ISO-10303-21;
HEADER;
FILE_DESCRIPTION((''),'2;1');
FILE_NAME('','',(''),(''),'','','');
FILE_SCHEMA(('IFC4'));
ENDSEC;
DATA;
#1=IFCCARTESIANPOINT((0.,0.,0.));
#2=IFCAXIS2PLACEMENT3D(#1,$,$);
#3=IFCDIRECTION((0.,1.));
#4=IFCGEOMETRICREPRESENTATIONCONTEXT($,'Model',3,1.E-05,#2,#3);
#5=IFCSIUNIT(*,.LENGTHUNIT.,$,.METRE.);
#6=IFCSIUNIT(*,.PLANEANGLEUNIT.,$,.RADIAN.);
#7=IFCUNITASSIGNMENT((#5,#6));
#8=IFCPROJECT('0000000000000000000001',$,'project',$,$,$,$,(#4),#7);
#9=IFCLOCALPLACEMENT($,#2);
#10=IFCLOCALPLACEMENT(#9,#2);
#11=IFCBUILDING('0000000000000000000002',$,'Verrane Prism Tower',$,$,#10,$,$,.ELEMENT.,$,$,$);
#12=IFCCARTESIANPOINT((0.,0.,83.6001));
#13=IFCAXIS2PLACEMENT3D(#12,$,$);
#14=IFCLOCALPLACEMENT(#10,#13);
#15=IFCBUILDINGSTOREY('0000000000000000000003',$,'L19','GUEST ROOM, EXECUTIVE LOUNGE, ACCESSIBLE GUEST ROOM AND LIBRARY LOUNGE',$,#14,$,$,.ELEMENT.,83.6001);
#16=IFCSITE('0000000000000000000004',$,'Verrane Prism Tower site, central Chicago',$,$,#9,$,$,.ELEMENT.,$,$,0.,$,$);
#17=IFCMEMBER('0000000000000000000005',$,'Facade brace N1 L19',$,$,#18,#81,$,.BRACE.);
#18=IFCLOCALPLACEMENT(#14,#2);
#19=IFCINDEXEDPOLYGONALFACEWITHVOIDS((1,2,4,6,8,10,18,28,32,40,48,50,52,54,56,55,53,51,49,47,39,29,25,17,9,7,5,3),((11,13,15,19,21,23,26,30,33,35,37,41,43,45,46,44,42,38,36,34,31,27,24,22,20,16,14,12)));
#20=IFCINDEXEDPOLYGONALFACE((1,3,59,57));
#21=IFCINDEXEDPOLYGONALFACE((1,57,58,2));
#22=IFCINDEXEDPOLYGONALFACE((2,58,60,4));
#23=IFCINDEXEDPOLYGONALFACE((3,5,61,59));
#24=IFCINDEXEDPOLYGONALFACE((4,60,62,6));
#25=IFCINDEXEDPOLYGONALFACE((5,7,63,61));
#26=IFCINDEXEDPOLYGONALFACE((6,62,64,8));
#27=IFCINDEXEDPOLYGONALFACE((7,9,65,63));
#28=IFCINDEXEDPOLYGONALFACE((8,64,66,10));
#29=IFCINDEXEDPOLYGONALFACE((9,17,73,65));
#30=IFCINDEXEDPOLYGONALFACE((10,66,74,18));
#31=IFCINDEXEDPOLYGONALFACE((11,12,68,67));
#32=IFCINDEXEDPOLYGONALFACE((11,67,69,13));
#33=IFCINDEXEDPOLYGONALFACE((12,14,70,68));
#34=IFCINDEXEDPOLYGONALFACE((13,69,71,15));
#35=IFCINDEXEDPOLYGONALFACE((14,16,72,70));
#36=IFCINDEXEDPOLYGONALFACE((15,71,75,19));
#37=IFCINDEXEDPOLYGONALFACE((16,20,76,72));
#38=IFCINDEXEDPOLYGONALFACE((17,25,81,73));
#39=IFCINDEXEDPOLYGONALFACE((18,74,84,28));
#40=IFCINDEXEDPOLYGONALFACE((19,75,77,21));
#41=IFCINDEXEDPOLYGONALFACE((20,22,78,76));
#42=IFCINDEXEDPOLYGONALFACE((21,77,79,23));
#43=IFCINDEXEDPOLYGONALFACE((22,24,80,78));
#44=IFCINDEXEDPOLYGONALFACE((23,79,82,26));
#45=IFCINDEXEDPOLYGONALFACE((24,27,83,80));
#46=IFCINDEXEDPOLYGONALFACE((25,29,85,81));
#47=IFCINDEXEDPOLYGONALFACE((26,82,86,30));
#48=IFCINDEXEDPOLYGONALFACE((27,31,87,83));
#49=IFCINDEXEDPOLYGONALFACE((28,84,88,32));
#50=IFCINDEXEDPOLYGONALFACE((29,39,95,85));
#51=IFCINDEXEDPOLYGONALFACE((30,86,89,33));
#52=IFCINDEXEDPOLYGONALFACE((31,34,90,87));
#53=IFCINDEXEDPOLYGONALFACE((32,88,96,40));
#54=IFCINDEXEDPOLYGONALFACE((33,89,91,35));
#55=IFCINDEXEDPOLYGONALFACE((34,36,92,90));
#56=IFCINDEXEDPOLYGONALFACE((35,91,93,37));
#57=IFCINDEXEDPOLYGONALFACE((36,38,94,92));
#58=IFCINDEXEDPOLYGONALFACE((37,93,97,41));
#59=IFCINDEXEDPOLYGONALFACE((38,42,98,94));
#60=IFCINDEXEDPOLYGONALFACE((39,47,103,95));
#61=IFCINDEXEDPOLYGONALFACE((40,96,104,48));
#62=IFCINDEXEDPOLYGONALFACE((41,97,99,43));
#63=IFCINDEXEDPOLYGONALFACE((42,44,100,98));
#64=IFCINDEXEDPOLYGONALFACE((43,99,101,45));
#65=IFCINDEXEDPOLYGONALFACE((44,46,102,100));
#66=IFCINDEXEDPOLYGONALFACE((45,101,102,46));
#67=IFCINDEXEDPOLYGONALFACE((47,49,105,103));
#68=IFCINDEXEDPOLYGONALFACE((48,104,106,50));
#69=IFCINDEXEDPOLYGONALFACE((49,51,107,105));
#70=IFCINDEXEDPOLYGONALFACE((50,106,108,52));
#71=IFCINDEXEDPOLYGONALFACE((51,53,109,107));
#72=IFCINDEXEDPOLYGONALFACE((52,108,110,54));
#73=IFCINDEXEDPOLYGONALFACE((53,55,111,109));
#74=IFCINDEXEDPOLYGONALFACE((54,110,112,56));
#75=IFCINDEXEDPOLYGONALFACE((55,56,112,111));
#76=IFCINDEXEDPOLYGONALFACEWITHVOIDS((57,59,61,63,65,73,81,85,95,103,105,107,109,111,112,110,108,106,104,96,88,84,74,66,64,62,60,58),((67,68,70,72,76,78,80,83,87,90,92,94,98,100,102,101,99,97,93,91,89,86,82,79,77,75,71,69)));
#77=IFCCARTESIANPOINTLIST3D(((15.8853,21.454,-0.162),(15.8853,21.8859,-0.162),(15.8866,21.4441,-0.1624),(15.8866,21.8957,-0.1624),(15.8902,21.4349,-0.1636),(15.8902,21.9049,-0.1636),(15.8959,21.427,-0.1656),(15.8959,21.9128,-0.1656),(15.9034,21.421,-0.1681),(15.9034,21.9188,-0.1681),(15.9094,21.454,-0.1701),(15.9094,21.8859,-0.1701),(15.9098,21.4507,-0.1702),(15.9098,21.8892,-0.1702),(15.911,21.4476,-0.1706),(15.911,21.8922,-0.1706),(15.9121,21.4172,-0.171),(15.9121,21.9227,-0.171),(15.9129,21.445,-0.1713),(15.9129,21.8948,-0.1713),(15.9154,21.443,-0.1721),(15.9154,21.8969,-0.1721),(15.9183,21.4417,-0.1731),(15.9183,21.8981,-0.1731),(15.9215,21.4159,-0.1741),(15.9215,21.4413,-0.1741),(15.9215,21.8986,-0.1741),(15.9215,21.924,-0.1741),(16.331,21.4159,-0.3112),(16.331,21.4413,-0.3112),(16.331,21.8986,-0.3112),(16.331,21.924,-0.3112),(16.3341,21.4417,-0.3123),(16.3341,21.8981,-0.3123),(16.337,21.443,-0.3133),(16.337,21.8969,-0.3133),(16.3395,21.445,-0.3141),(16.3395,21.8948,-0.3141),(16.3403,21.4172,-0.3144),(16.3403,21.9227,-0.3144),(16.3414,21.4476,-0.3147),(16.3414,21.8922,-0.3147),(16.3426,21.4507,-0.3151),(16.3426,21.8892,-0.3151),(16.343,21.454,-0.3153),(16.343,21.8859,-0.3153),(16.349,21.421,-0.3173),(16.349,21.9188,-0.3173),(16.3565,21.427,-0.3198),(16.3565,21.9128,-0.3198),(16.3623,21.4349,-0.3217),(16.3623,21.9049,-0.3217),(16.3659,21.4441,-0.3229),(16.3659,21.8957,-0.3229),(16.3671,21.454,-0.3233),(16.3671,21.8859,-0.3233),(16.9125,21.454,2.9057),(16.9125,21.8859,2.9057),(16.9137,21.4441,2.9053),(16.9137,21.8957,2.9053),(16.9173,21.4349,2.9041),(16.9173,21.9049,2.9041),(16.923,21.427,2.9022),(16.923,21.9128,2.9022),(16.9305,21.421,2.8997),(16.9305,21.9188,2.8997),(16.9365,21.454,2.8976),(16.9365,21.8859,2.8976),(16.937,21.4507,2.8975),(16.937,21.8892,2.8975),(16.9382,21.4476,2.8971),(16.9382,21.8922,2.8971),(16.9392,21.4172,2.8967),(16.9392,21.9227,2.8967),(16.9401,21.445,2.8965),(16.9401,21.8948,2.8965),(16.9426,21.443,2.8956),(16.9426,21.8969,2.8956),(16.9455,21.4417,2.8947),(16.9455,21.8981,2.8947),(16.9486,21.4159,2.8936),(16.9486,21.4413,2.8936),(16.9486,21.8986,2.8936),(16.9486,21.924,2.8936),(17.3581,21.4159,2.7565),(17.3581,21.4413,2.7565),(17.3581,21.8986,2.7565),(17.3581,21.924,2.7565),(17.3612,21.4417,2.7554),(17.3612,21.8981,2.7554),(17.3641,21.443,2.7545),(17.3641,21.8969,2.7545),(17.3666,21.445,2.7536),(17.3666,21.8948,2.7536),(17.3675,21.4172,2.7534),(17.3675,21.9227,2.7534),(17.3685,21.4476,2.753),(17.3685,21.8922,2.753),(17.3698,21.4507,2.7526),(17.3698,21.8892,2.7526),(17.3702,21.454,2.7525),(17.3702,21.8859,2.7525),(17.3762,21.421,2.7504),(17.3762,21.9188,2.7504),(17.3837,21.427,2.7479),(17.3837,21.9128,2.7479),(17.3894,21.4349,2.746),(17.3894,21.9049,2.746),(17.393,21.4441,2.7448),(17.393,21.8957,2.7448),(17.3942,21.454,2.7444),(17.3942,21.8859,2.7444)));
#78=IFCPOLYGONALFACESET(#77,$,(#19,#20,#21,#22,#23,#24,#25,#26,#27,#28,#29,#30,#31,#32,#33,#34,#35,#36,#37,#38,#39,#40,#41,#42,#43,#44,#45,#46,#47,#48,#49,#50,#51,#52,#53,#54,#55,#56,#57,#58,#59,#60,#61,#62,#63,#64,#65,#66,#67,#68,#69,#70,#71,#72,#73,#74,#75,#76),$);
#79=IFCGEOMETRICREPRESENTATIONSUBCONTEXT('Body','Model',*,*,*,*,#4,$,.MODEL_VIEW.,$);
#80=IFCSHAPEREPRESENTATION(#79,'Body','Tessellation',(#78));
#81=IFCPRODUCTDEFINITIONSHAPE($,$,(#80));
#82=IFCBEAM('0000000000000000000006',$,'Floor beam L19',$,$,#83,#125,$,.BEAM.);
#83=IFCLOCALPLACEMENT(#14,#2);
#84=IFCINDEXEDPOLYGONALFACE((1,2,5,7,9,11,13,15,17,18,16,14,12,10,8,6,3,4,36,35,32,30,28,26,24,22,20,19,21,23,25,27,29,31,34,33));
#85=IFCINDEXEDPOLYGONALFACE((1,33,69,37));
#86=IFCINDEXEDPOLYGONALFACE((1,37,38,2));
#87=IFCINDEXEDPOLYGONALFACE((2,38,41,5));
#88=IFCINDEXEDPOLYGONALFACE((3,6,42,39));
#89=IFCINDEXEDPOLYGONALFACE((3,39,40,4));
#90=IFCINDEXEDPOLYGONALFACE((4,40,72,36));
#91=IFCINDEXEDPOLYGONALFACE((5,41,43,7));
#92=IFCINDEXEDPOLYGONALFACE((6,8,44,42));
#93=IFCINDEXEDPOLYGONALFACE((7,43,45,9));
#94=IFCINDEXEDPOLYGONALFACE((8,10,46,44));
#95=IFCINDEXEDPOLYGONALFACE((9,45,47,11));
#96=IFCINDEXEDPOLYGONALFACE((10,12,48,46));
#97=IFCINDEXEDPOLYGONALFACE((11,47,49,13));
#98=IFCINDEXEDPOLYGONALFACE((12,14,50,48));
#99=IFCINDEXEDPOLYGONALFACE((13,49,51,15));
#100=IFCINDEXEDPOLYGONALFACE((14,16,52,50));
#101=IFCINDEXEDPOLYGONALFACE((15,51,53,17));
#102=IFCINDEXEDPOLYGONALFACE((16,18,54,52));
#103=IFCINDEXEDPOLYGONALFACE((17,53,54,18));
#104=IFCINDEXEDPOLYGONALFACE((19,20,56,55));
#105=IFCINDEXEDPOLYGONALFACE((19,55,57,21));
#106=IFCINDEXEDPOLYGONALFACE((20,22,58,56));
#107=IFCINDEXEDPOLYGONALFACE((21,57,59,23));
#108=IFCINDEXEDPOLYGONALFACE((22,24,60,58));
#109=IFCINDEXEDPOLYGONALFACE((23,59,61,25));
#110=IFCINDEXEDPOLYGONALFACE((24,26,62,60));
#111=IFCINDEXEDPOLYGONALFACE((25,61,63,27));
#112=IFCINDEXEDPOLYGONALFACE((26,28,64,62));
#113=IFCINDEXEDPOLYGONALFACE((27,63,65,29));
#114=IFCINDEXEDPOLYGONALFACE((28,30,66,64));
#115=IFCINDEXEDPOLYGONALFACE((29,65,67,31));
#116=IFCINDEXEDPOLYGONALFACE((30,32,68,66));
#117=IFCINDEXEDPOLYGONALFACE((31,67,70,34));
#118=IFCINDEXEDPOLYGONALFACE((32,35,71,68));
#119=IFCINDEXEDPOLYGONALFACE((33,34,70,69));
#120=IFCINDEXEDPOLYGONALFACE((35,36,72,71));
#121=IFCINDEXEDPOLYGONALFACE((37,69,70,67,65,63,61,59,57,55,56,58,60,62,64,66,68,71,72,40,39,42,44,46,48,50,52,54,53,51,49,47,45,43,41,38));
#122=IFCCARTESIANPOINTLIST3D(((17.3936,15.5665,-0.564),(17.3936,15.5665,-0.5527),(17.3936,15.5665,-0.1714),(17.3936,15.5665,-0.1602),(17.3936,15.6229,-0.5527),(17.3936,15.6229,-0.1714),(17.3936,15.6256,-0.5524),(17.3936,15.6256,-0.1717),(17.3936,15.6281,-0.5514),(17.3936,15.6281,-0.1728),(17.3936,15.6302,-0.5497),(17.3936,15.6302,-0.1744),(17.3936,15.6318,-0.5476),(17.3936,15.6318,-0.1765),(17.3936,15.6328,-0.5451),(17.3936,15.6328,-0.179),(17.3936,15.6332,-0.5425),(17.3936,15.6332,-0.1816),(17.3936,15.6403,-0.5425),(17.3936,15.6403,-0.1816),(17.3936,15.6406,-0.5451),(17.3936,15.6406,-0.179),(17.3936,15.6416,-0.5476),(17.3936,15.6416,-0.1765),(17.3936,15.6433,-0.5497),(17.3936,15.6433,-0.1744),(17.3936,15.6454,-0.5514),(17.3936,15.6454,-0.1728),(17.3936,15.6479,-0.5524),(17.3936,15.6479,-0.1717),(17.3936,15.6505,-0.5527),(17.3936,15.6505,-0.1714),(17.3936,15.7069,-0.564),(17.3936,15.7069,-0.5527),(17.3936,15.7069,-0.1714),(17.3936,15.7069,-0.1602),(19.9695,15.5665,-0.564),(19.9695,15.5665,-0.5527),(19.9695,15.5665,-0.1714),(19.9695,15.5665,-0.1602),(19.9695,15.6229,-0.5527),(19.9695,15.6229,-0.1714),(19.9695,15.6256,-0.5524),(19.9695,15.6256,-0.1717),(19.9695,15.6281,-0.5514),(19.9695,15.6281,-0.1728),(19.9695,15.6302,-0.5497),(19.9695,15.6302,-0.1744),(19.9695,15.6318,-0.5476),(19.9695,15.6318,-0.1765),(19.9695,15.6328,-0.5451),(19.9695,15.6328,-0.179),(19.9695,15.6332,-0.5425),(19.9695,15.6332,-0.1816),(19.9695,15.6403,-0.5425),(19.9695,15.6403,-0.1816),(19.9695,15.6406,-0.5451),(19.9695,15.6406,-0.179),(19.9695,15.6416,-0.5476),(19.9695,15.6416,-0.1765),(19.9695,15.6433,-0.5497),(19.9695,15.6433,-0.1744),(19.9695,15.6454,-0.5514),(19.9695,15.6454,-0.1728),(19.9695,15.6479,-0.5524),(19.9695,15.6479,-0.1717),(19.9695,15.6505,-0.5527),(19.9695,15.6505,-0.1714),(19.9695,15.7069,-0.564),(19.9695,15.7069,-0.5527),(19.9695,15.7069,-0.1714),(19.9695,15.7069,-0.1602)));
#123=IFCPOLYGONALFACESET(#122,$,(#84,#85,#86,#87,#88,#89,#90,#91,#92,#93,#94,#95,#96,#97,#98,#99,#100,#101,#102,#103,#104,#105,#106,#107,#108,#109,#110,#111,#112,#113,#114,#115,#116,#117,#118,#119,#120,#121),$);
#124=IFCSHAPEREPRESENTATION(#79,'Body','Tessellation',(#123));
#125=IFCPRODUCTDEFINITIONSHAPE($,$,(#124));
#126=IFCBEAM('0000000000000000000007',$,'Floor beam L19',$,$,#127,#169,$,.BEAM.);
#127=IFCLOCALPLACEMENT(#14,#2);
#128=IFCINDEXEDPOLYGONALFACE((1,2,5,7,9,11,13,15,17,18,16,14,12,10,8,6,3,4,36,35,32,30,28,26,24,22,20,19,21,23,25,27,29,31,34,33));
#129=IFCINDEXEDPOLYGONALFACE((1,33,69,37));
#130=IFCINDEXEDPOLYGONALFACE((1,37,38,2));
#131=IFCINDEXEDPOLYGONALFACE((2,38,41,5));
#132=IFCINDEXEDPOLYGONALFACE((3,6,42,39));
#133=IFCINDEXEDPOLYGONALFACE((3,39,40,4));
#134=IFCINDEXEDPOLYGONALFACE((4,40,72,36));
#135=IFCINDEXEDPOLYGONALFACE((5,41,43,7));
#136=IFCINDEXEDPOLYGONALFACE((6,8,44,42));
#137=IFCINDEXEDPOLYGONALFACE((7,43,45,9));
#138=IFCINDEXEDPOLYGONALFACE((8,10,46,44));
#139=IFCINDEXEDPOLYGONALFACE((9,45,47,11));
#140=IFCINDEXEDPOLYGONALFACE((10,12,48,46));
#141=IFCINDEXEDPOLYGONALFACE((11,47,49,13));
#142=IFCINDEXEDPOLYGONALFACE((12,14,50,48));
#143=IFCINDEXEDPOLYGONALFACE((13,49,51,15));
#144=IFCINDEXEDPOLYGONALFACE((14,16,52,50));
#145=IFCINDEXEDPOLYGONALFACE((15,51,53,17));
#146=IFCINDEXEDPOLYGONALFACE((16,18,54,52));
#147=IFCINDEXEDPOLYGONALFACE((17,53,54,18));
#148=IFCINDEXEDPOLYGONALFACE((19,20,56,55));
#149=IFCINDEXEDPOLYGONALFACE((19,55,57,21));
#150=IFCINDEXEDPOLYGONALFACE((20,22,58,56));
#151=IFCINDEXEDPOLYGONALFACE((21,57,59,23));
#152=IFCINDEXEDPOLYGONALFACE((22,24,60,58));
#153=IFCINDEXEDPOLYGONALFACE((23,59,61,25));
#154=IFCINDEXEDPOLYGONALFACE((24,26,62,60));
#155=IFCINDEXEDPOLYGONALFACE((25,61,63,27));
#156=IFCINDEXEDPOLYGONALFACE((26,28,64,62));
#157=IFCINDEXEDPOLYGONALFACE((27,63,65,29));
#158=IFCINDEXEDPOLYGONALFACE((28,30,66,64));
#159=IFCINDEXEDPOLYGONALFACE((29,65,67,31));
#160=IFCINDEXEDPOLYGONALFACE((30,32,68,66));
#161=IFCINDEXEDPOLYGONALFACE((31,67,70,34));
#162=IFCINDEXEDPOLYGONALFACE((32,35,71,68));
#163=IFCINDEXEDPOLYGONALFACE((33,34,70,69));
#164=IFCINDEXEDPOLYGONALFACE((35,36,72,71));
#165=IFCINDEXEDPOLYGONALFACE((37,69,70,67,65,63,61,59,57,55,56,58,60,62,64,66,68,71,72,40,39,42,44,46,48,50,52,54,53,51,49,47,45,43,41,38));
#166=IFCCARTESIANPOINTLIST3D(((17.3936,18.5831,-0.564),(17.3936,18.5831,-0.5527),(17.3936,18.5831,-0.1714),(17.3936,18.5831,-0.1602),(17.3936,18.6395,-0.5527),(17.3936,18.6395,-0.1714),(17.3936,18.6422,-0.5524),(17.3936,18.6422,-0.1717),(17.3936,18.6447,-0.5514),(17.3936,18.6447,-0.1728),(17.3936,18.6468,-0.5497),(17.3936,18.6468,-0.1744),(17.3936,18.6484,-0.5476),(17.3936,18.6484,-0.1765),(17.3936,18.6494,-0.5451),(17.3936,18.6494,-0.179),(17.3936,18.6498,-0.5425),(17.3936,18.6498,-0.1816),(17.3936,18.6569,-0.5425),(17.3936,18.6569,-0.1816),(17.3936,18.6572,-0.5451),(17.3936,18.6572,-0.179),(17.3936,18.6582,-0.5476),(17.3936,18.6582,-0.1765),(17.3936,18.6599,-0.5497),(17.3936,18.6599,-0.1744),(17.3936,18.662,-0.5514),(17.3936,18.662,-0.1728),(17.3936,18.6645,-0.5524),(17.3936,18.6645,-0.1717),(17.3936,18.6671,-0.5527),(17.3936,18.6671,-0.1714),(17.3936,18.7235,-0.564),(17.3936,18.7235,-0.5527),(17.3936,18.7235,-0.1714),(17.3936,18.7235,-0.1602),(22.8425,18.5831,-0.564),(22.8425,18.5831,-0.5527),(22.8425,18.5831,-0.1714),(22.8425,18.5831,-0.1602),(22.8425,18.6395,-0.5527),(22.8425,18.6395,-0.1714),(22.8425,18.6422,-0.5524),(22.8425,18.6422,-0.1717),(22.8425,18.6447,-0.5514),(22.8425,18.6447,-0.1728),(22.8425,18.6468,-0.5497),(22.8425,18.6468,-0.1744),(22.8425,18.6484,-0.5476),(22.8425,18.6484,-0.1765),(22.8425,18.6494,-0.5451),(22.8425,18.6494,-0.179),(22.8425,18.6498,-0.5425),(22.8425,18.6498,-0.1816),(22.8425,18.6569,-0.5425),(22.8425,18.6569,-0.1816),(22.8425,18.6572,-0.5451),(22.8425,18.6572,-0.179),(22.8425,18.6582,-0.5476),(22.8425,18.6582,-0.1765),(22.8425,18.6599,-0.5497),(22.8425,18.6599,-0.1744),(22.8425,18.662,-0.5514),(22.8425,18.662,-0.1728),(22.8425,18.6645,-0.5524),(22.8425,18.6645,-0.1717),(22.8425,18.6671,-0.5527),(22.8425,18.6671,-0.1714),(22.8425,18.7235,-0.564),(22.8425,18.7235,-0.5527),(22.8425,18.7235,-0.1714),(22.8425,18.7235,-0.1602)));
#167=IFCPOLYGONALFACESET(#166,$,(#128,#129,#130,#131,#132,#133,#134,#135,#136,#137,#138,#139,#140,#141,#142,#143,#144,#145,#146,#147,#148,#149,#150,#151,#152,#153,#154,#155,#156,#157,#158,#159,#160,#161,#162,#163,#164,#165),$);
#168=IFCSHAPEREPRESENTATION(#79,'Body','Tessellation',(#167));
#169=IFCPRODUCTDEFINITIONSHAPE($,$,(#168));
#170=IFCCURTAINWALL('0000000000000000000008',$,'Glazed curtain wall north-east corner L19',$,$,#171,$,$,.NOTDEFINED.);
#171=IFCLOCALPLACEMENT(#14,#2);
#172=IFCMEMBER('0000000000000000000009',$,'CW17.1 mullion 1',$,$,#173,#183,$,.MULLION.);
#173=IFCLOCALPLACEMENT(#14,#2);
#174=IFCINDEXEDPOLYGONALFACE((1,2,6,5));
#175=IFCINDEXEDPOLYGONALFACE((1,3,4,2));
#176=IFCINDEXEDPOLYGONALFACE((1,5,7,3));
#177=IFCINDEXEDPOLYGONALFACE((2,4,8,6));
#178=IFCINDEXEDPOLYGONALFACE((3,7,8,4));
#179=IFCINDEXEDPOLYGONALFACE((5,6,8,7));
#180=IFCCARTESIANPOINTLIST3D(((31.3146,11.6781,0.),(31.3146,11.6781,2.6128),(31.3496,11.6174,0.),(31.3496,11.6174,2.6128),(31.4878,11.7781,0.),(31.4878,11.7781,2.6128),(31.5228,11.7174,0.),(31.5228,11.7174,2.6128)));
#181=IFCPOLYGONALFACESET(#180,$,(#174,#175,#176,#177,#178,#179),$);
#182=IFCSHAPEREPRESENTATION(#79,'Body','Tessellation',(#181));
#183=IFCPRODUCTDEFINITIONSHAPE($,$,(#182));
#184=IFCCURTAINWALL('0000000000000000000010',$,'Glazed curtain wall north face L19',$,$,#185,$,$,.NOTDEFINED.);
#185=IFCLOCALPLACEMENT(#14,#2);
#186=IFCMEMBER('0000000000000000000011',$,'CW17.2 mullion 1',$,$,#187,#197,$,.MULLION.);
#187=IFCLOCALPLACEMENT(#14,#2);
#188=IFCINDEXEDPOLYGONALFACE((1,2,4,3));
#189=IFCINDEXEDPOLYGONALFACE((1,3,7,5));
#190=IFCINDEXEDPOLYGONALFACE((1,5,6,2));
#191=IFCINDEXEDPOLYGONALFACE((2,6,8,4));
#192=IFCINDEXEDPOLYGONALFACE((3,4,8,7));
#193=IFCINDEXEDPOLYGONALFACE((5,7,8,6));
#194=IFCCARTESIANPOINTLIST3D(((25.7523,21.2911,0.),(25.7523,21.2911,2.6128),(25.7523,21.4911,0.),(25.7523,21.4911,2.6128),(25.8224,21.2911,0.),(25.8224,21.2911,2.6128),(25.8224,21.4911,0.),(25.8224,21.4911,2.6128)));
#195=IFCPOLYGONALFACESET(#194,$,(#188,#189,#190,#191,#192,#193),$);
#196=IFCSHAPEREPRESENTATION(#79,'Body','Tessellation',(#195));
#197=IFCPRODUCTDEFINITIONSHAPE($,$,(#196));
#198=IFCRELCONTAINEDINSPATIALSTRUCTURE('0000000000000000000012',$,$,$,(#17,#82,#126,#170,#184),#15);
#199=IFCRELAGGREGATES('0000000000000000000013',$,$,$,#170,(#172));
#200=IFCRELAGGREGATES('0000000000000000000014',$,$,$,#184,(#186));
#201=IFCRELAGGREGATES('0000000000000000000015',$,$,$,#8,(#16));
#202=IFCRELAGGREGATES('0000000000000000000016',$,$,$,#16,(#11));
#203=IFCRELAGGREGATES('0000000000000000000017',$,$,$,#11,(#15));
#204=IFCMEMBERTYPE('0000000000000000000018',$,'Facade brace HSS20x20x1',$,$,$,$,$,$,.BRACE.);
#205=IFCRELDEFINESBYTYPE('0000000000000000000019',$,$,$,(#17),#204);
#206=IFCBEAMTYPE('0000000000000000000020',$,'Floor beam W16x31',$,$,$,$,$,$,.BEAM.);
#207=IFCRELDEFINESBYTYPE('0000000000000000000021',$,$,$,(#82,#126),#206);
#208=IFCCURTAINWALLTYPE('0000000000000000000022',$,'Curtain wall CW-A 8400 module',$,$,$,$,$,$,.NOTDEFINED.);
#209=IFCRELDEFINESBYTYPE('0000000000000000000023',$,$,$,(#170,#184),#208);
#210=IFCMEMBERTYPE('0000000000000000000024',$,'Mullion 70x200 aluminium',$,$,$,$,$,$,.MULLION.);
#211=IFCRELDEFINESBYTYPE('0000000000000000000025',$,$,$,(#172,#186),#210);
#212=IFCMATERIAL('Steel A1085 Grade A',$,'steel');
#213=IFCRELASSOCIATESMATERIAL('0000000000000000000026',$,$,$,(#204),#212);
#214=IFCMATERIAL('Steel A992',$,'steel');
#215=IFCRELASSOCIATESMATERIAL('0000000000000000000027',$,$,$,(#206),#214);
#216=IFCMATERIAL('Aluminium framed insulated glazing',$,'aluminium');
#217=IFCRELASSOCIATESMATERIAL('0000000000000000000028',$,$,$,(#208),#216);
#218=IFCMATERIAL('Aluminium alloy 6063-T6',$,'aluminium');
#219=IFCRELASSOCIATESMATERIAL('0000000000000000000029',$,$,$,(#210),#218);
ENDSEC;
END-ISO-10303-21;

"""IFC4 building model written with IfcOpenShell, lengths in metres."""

from ifc_helpers import new_model, si_unit, direction, frame, origin, origin_2d, place, context, subcontext, project, spatial, rectangle, hollow_rectangle, i_section, extrude, material, material_profile, profile_set, type_object, element, aggregate, save


model = new_model("IFC4")

# Units and contexts
model_context = context("Model", 3, precision=1e-05, world=origin(), true_north=direction((0.0, 1.0)))
body_context = subcontext(model_context, "Body", "Model", "MODEL_VIEW")
ifc_project = project(units=[si_unit("LENGTHUNIT", "METRE"), si_unit("PLANEANGLEUNIT", "RADIAN")], contexts=[model_context])

# Site, building, storey
site_placement = place(None, origin())
site = spatial("IfcSite", under=ifc_project, at=site_placement, Name="Verrane Prism Tower site, central Chicago", CompositionType="ELEMENT", RefElevation=0.0)
building_placement = place(site_placement, origin())
building = spatial("IfcBuilding", under=site, at=building_placement, Name="Verrane Prism Tower", CompositionType="ELEMENT")
storey_placement = place(building_placement, frame((0.0, 0.0, 83.6001)))
storey = spatial("IfcBuildingStorey", under=building, at=storey_placement, Name="L19", Description="GUEST ROOM, EXECUTIVE LOUNGE, ACCESSIBLE GUEST ROOM AND LIBRARY LOUNGE", CompositionType="ELEMENT", Elevation=83.6001)

# Member
ifc_material_1 = material(Name="Steel A1085 Grade A", Category="steel")
ifc_material_profile_1 = material_profile(ifc_material_1, hollow_rectangle(XDim=0.5081, YDim=0.5081, WallThickness=0.0254, InnerFilletRadius=0.0127, OuterFilletRadius=0.0381, at=origin_2d()), Name="HSS20x20x1")
ifc_profile_set_1 = profile_set([ifc_material_profile_1], Name="Steel A1085 Grade A")
member_type_1 = type_object("IfcMemberType", Name="Facade brace HSS20x20x1", PredefinedType="BRACE", material=ifc_profile_set_1)
member_1_placement = place(storey_placement, frame((16.1262, 21.6699, -0.2427), z_axis=(0.317495, 0.0, 0.94826), x_axis=(0.0, 1.0, 0.0)))
element("IfcMember", 1, at=member_1_placement, inside=storey, type_object=member_type_1, Name="Facade brace N1 L19", PredefinedType="BRACE", context=body_context, shape_type="SweptSolid", body=[
    extrude(hollow_rectangle(XDim=0.5081, YDim=0.5081, WallThickness=0.0254, InnerFilletRadius=0.0127, OuterFilletRadius=0.0381, at=origin_2d()), origin(), (0.0, 0.0, 1.0), 3.2351),
])

# Beams
ifc_material_2 = material(Name="Steel A992", Category="steel")
ifc_material_profile_2 = material_profile(ifc_material_2, i_section(OverallWidth=0.1404, OverallDepth=0.4038, WebThickness=0.0071, FlangeThickness=0.0112, FilletRadius=0.0103, at=origin_2d()), Name="W16x31")
ifc_profile_set_2 = profile_set([ifc_material_profile_2], Name="Steel A992")
beam_type_1 = type_object("IfcBeamType", Name="Floor beam W16x31", PredefinedType="BEAM", material=ifc_profile_set_2)
beam_1_placement = place(storey_placement, frame((17.3936, 15.6367, -0.3621), z_axis=(1.0, 0.0, 0.0), x_axis=(0.0, 1.0, 0.0)))
element("IfcBeam", 2, at=beam_1_placement, inside=storey, type_object=beam_type_1, Name="Floor beam L19", PredefinedType="BEAM", context=body_context, shape_type="SweptSolid", body=[
    extrude(i_section(OverallWidth=0.1404, OverallDepth=0.4038, WebThickness=0.0071, FlangeThickness=0.0112, FilletRadius=0.0103, at=origin_2d()), origin(), (0.0, 0.0, 1.0), 2.5759),
])
beam_2_placement = place(storey_placement, frame((17.3936, 18.6533, -0.3621), z_axis=(1.0, 0.0, 0.0), x_axis=(0.0, 1.0, 0.0)))
element("IfcBeam", 3, at=beam_2_placement, inside=storey, type_object=beam_type_1, Name="Floor beam L19", PredefinedType="BEAM", context=body_context, shape_type="SweptSolid", body=[
    extrude(i_section(OverallWidth=0.1404, OverallDepth=0.4038, WebThickness=0.0071, FlangeThickness=0.0112, FilletRadius=0.0103, at=origin_2d()), origin(), (0.0, 0.0, 1.0), 5.449),
])

# Curtain wall, member
ifc_material_3 = material(Name="Aluminium framed insulated glazing", Category="aluminium")
curtain_wall_type = type_object("IfcCurtainWallType", Name="Curtain wall CW-A 8400 module", PredefinedType="NOTDEFINED", material=ifc_material_3)
curtain_wall_1_placement = place(storey_placement, origin())
curtain_wall_1 = element("IfcCurtainWall", 4, at=curtain_wall_1_placement, inside=storey, type_object=curtain_wall_type, Name="Glazed curtain wall north-east corner L19", PredefinedType="NOTDEFINED")
ifc_material_4 = material(Name="Aluminium alloy 6063-T6", Category="aluminium")
ifc_material_profile_3 = material_profile(ifc_material_4, rectangle(XDim=0.2, YDim=0.0701, at=origin_2d()), Name="Mullion 70x200 aluminium")
ifc_profile_set_3 = profile_set([ifc_material_profile_3], Name="Aluminium alloy 6063-T6")
member_type_2 = type_object("IfcMemberType", Name="Mullion 70x200 aluminium", PredefinedType="MULLION", material=ifc_profile_set_3)
member_2_placement = place(storey_placement, frame((31.4187, 11.6978, 0.0), z_axis=(0.0, 0.0, 1.0), x_axis=(-0.866026, -0.499998, 0.0)))
member_2 = element("IfcMember", 5, at=member_2_placement, type_object=member_type_2, Name="CW17.1 mullion 1", PredefinedType="MULLION", context=body_context, shape_type="SweptSolid", body=[
    extrude(rectangle(XDim=0.2, YDim=0.0701, at=origin_2d()), origin(), (0.0, 0.0, 1.0), 2.6128),
])

# Curtain wall, member
curtain_wall_2_placement = place(storey_placement, origin())
curtain_wall_2 = element("IfcCurtainWall", 6, at=curtain_wall_2_placement, inside=storey, type_object=curtain_wall_type, Name="Glazed curtain wall north face L19", PredefinedType="NOTDEFINED")
member_3_placement = place(storey_placement, frame((25.7874, 21.3911, 0.0), z_axis=(0.0, 0.0, 1.0), x_axis=(0.0, -1.0, 0.0)))
member_3 = element("IfcMember", 7, at=member_3_placement, type_object=member_type_2, Name="CW17.2 mullion 1", PredefinedType="MULLION", context=body_context, shape_type="SweptSolid", body=[
    extrude(rectangle(XDim=0.2, YDim=0.0701, at=origin_2d()), origin(), (0.0, 0.0, 1.0), 2.6128),
])

aggregate(curtain_wall_1, [member_2])
aggregate(curtain_wall_2, [member_3])

save(model, "model.ifc")
